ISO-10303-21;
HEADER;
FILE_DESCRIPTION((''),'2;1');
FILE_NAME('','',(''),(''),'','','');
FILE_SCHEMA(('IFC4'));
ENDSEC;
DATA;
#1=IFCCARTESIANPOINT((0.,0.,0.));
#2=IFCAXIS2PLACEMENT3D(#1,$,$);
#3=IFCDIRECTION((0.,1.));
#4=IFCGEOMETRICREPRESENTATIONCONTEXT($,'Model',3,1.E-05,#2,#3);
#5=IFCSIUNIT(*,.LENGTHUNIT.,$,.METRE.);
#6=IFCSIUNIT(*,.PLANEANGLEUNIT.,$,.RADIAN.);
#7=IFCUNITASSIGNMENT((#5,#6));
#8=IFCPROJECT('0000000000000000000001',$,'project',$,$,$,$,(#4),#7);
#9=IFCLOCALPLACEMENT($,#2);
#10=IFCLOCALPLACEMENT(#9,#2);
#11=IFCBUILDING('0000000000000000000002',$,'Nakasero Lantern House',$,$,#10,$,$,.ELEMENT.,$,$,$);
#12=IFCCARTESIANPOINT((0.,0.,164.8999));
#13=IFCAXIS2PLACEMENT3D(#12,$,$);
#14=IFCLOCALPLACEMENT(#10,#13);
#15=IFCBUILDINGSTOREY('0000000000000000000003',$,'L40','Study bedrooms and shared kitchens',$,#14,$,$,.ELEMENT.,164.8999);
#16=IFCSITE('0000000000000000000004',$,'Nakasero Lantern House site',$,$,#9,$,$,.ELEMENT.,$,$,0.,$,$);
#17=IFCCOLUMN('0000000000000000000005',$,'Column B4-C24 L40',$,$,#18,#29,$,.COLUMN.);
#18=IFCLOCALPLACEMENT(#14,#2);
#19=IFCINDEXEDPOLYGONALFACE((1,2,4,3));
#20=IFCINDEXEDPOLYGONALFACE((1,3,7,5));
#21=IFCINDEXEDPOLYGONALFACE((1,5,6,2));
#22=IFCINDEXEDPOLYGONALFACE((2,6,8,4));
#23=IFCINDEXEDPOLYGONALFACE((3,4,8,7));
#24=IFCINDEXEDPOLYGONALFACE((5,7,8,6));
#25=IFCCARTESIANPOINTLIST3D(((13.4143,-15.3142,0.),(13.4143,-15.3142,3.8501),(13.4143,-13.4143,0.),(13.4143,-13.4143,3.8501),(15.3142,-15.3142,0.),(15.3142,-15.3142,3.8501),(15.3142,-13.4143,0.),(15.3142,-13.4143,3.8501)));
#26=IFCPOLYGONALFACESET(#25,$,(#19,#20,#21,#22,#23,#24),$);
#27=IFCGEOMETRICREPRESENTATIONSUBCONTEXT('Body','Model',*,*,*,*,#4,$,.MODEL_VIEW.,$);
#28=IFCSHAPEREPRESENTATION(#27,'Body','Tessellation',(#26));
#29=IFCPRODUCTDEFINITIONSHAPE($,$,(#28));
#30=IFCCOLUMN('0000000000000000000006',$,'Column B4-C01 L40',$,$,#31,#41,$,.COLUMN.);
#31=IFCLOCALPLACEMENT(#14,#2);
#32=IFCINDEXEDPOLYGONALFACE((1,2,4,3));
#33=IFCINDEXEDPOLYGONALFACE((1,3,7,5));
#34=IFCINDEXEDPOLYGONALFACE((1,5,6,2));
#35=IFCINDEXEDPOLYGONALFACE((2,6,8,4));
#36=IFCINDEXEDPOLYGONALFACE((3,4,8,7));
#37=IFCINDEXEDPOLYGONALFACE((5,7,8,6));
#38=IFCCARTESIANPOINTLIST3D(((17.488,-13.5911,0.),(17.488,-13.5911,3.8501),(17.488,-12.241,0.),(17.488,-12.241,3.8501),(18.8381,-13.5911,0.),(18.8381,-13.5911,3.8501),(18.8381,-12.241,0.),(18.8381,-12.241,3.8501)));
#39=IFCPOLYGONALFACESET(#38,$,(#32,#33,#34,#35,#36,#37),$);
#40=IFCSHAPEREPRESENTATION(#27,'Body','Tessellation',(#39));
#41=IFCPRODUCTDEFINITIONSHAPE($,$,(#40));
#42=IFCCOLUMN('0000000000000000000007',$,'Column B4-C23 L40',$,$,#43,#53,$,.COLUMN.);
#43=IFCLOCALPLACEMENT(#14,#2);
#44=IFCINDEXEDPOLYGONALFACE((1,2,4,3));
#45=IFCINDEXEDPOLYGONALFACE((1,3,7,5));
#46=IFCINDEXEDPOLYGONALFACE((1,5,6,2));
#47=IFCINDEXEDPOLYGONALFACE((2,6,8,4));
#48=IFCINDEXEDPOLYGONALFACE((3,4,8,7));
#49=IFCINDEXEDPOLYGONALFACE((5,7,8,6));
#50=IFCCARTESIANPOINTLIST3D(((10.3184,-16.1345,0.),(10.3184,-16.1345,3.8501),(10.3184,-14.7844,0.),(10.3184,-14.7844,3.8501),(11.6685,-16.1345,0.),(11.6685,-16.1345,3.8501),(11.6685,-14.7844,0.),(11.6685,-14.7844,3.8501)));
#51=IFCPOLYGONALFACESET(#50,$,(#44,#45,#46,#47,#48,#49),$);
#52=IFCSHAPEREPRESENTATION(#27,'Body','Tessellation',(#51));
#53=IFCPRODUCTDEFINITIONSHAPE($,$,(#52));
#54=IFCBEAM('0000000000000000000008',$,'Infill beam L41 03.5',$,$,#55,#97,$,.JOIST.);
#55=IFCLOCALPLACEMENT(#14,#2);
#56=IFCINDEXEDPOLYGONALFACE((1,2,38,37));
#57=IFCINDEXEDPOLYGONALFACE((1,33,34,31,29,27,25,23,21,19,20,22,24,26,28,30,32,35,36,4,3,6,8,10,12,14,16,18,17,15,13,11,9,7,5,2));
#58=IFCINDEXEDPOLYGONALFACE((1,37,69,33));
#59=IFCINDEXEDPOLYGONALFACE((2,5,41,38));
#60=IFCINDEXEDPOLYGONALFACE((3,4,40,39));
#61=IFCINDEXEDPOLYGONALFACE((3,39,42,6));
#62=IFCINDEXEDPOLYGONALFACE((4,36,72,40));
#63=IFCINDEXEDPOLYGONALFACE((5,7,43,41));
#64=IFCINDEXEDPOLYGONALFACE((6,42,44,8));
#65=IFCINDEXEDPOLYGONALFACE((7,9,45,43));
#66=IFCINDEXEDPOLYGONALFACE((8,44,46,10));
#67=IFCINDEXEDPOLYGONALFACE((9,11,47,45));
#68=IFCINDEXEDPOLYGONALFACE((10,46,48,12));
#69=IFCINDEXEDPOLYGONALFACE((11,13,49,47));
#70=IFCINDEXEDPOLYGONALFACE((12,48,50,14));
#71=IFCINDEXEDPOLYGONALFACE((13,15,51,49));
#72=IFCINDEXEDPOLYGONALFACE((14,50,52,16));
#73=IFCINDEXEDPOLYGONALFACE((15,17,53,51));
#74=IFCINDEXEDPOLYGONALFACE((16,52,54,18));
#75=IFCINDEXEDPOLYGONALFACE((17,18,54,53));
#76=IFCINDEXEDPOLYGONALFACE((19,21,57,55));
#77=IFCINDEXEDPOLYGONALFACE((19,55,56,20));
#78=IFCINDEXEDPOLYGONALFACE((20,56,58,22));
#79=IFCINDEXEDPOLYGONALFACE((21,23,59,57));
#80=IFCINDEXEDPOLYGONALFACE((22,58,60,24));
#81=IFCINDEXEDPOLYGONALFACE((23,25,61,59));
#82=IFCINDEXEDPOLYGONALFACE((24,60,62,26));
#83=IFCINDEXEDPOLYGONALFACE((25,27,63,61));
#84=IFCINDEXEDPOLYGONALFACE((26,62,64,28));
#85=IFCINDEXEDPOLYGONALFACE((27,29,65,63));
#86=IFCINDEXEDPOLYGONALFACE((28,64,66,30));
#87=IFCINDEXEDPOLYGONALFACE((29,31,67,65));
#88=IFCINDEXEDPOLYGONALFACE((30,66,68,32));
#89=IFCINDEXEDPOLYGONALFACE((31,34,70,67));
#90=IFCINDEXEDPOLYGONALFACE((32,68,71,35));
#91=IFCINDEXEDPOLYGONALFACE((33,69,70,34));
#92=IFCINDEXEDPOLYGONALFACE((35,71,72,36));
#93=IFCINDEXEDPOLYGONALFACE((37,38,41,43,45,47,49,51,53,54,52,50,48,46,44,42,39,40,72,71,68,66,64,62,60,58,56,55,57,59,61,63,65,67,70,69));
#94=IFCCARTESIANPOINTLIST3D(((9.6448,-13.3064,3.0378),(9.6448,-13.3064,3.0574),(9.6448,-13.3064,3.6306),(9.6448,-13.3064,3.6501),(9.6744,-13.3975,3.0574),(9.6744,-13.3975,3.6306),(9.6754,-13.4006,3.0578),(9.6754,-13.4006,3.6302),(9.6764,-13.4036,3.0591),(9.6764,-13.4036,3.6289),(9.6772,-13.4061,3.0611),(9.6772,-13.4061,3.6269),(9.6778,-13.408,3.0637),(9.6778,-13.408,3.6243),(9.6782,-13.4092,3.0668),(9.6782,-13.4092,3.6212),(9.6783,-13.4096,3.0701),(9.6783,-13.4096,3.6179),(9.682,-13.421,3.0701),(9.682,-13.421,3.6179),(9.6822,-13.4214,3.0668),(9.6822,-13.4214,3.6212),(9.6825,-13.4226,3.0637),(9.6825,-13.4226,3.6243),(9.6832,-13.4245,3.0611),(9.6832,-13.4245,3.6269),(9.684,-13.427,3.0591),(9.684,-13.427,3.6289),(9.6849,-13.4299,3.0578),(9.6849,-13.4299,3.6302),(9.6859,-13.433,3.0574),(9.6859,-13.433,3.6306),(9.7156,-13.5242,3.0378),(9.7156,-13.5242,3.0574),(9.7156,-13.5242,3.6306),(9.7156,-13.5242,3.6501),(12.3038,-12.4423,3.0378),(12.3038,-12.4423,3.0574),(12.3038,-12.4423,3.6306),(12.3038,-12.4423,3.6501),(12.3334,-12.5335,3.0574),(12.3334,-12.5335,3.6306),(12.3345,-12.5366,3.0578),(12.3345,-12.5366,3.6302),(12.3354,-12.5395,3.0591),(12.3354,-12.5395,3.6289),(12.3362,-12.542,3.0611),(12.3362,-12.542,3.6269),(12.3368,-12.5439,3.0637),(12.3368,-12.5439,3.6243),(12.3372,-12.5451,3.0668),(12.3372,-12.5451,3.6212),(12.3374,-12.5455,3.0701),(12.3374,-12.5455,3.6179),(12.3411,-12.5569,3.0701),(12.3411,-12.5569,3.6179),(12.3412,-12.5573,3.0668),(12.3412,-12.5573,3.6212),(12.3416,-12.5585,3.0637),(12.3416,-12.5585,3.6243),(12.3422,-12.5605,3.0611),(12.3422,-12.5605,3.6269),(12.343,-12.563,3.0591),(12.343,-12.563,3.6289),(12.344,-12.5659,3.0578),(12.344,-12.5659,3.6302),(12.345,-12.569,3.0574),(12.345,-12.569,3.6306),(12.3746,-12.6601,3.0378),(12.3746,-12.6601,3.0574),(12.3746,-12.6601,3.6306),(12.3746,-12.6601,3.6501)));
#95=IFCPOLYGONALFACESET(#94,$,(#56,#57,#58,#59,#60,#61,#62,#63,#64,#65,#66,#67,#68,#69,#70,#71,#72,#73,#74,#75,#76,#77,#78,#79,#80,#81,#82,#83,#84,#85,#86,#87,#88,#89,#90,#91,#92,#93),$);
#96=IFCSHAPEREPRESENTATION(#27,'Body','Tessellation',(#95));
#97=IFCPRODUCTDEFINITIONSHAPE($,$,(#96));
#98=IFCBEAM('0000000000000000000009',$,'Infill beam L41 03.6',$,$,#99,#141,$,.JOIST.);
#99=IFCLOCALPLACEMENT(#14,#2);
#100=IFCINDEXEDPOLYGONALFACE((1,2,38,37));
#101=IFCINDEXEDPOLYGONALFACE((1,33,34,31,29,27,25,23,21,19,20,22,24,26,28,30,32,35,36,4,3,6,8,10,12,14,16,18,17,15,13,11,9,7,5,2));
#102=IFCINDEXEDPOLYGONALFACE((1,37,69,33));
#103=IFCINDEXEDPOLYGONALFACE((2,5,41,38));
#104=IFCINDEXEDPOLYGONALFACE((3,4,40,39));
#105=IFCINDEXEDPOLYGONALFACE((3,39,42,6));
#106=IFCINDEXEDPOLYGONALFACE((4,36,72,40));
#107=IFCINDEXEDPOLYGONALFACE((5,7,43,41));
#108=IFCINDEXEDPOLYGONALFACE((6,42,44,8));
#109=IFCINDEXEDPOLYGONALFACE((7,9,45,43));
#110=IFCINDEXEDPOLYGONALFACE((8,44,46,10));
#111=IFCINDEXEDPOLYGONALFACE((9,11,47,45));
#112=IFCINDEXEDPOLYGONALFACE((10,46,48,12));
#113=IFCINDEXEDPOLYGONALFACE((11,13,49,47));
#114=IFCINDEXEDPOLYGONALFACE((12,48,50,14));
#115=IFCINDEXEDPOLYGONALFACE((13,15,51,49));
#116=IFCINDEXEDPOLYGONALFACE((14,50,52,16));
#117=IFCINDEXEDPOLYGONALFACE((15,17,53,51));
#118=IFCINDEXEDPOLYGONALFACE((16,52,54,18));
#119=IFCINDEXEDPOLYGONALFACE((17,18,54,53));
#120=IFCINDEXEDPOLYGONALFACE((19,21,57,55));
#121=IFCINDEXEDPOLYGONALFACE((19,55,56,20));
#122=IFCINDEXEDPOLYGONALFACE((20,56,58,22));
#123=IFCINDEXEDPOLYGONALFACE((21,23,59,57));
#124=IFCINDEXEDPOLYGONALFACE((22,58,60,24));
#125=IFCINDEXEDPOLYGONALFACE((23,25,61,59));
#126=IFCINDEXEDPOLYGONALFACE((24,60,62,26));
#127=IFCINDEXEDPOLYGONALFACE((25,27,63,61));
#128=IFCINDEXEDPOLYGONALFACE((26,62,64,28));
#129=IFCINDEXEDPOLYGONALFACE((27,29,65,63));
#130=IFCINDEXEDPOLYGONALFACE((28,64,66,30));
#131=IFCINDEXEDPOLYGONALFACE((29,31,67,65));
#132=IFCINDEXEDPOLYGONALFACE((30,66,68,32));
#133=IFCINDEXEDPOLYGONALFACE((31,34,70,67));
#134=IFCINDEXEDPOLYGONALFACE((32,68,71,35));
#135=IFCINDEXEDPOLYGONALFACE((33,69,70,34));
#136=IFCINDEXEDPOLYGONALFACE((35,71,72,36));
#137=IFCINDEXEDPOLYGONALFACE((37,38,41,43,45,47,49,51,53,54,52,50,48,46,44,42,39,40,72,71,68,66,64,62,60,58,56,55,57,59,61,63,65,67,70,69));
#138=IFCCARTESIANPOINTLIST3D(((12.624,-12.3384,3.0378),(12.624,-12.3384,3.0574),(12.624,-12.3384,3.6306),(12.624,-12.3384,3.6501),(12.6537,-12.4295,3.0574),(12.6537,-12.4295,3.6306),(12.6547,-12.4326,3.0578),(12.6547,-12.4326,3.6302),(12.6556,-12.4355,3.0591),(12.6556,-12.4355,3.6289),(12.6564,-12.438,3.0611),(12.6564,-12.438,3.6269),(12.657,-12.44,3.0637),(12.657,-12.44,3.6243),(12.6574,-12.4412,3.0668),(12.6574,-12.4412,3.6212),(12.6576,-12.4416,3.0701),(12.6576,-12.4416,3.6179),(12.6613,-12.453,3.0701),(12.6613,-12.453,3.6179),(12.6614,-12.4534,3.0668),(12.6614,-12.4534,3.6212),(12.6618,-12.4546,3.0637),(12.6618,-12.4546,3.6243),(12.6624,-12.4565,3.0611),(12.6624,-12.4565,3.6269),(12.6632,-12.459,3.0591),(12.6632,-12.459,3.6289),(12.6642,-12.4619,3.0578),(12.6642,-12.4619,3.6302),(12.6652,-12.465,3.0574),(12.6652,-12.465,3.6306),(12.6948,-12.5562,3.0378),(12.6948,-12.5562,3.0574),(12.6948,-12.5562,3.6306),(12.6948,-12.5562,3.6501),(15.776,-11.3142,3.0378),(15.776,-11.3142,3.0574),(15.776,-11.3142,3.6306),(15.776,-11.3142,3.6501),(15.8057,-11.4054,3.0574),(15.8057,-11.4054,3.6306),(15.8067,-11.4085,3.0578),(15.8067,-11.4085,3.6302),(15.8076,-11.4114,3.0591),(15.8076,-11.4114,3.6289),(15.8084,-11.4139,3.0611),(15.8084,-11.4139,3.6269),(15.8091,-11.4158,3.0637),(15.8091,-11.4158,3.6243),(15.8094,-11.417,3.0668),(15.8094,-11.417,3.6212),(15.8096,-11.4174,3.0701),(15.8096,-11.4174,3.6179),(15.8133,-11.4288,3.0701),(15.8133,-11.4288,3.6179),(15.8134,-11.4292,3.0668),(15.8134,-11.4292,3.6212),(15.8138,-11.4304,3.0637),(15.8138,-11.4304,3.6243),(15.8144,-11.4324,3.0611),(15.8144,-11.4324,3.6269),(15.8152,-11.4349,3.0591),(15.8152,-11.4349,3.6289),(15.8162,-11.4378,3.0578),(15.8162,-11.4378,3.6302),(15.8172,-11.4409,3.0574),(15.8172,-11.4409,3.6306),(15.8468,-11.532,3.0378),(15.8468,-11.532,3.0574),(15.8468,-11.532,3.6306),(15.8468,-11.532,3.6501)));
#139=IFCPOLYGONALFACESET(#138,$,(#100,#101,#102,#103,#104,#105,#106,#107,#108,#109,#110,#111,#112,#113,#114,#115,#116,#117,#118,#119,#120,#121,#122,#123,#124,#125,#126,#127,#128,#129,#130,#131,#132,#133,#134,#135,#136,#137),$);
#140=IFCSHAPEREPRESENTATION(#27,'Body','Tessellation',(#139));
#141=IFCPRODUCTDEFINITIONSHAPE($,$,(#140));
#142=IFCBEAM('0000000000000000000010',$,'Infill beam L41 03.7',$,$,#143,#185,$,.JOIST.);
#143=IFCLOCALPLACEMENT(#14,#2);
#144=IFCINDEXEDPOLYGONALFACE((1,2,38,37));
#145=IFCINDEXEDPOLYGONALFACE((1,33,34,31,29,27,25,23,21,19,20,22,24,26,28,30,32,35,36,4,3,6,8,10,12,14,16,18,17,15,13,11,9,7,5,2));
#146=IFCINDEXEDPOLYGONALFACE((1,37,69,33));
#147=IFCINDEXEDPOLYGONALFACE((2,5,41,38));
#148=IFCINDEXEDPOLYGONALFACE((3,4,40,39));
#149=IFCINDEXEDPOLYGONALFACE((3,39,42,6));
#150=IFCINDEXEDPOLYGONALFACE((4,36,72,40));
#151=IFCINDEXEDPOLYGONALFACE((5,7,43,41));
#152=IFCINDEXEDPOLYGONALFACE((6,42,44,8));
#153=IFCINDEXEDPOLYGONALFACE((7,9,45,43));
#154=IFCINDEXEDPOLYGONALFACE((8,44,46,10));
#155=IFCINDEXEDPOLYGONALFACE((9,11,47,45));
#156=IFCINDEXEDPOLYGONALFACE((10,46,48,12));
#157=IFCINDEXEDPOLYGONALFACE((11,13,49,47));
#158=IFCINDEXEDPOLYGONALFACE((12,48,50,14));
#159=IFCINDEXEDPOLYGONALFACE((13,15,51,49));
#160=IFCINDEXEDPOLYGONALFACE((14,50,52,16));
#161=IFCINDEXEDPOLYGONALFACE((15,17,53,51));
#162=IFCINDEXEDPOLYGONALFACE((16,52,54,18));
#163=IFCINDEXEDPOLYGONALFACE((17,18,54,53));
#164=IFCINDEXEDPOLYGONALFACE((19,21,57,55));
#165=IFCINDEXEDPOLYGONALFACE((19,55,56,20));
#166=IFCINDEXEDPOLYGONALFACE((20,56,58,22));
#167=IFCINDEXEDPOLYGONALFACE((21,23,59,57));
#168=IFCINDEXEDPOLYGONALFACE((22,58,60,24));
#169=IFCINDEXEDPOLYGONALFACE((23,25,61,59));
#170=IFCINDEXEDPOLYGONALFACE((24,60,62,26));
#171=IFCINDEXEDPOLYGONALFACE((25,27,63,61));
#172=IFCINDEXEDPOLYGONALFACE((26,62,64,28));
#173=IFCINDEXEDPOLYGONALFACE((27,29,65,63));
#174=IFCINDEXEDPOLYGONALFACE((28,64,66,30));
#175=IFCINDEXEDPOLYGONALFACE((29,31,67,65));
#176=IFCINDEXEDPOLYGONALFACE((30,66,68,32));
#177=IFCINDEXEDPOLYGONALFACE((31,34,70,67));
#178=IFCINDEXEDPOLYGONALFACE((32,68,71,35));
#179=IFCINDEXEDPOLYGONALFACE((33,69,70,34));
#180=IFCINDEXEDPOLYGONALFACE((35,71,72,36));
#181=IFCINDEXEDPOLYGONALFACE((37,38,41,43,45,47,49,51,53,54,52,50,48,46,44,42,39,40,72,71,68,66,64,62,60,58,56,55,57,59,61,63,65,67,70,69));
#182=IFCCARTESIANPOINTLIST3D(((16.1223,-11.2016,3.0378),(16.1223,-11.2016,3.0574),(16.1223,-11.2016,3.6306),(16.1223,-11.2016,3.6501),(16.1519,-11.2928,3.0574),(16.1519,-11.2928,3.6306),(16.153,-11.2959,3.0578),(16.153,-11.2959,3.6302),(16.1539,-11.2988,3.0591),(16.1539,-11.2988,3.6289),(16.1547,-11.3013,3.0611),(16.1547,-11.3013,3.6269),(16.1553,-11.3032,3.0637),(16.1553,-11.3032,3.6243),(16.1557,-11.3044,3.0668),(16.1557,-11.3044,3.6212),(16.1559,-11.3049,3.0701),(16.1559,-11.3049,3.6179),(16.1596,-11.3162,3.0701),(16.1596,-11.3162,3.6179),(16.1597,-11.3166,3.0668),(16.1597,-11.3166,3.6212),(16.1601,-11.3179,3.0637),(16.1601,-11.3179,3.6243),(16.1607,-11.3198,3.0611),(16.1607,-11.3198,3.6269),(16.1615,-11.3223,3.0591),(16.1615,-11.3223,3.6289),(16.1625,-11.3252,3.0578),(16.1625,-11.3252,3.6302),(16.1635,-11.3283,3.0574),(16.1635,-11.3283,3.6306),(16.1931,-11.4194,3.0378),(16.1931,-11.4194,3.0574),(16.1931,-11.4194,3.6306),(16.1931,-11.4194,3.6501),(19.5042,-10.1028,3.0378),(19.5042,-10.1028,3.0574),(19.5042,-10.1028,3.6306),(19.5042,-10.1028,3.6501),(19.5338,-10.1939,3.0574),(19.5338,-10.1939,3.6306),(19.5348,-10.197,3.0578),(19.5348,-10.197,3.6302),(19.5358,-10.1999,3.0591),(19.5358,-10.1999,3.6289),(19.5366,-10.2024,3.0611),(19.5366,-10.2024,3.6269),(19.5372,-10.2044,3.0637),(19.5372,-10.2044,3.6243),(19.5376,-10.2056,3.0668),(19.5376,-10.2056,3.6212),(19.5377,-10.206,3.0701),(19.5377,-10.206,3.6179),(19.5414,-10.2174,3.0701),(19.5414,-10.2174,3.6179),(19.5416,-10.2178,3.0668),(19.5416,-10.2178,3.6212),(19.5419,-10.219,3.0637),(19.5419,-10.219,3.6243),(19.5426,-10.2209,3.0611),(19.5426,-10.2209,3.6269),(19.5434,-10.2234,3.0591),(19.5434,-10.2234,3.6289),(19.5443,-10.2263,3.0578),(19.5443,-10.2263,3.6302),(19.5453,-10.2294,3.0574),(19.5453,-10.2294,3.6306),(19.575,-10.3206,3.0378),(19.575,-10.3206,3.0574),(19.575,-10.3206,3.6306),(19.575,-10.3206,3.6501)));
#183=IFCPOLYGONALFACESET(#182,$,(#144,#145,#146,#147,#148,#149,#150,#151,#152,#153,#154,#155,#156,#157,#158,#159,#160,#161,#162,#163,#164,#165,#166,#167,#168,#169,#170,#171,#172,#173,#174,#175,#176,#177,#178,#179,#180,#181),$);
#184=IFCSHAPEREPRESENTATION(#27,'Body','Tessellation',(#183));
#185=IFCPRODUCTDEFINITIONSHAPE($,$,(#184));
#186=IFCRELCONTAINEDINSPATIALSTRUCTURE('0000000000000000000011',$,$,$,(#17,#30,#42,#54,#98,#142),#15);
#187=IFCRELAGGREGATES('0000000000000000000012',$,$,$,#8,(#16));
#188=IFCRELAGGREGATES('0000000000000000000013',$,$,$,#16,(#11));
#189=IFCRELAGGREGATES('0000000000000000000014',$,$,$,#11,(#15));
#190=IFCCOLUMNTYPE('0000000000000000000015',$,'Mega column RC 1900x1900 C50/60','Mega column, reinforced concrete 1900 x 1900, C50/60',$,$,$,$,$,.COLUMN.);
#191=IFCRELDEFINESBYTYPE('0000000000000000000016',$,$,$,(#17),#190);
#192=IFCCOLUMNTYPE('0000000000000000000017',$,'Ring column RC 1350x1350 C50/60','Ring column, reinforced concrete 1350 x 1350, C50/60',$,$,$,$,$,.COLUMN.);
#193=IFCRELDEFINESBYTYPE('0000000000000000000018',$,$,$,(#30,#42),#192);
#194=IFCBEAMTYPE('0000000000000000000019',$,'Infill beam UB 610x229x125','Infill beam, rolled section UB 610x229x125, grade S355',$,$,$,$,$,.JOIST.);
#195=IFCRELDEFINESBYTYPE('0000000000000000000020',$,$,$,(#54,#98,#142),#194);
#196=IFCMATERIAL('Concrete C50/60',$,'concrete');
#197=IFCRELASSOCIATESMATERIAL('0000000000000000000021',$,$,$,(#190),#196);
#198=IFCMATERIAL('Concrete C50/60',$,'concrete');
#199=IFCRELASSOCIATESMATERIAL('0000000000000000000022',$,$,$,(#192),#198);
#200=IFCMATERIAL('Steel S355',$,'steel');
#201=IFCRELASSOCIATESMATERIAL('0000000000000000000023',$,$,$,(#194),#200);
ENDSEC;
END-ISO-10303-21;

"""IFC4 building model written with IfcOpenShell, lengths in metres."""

from ifc_helpers import new_model, si_unit, direction, frame, origin, origin_2d, place, context, subcontext, project, spatial, rectangle, i_section, extrude, material, material_profile, profile_set, type_object, element, save


model = new_model("IFC4")

# Units and contexts
model_context = context("Model", 3, precision=1e-05, world=origin(), true_north=direction((0.0, 1.0)))
body_context = subcontext(model_context, "Body", "Model", "MODEL_VIEW")
ifc_project = project(units=[si_unit("LENGTHUNIT", "METRE"), si_unit("PLANEANGLEUNIT", "RADIAN")], contexts=[model_context])

# Site, building, storey
site_placement = place(None, origin())
site = spatial("IfcSite", under=ifc_project, at=site_placement, Name="Nakasero Lantern House site", CompositionType="ELEMENT", RefElevation=0.0)
building_placement = place(site_placement, origin())
building = spatial("IfcBuilding", under=site, at=building_placement, Name="Nakasero Lantern House", CompositionType="ELEMENT")
storey_placement = place(building_placement, frame((0.0, 0.0, 164.8999)))
storey = spatial("IfcBuildingStorey", under=building, at=storey_placement, Name="L40", Description="Study bedrooms and shared kitchens", CompositionType="ELEMENT", Elevation=164.8999)

# Columns
ifc_material_1 = material(Name="Concrete C50/60", Category="concrete")
ifc_material_profile_1 = material_profile(ifc_material_1, rectangle(XDim=1.8999, YDim=1.8999, at=origin_2d()), Name="RC 1900x1900")
ifc_profile_set_1 = profile_set([ifc_material_profile_1], Name="Concrete C50/60")
column_type_1 = type_object("IfcColumnType", Name="Mega column RC 1900x1900 C50/60", Description="Mega column, reinforced concrete 1900 x 1900, C50/60", PredefinedType="COLUMN", material=ifc_profile_set_1)
column_placement = place(storey_placement, frame((14.3643, -14.3643, 0.0), z_axis=(0.0, 0.0, 1.0), x_axis=(1.0, 0.0, 0.0)))
element("IfcColumn", 1, at=column_placement, inside=storey, type_object=column_type_1, Name="Column B4-C24 L40", PredefinedType="COLUMN", context=body_context, shape_type="SweptSolid", body=[
    extrude(rectangle(XDim=1.8999, YDim=1.8999, at=origin_2d()), origin(), (0.0, 0.0, 1.0), 3.8501),
])
ifc_material_2 = material(Name="Concrete C50/60", Category="concrete")
ifc_material_profile_2 = material_profile(ifc_material_2, rectangle(XDim=1.3501, YDim=1.3501, at=origin_2d()), Name="RC 1350x1350")
ifc_profile_set_2 = profile_set([ifc_material_profile_2], Name="Concrete C50/60")
column_type_2 = type_object("IfcColumnType", Name="Ring column RC 1350x1350 C50/60", Description="Ring column, reinforced concrete 1350 x 1350, C50/60", PredefinedType="COLUMN", material=ifc_profile_set_2)
for number, where, z_axis, x_axis, name in (
    (2, (18.1631, -12.916, 0.0), (0.0, 0.0, 1.0), (1.0, 0.0, 0.0), "Column B4-C01 L40"),
    (3, (10.9934, -15.4595, 0.0), (0.0, 0.0, 1.0), (1.0, 0.0, 0.0), "Column B4-C23 L40"),
):
    element("IfcColumn", number, at=place(storey_placement, frame(where, z_axis=z_axis, x_axis=x_axis)), inside=storey, type_object=column_type_2, Name=name, PredefinedType="COLUMN", context=body_context, shape_type="SweptSolid", body=[
        extrude(rectangle(XDim=1.3501, YDim=1.3501, at=origin_2d()), origin(), (0.0, 0.0, 1.0), 3.8501),
    ])

# Beams
ifc_material_3 = material(Name="Steel S355", Category="steel")
ifc_material_profile_3 = material_profile(ifc_material_3, i_section(OverallWidth=0.229, OverallDepth=0.6123, WebThickness=0.012, FlangeThickness=0.0195, FilletRadius=0.0127, at=origin_2d()), Name="UB 610x229x125")
ifc_profile_set_3 = profile_set([ifc_material_profile_3], Name="Steel S355")
beam_type_1 = type_object("IfcBeamType", Name="Infill beam UB 610x229x125", Description="Infill beam, rolled section UB 610x229x125, grade S355", PredefinedType="JOIST", material=ifc_profile_set_3)
beam_1_placement = place(storey_placement, frame((9.6802, -13.4153, 3.344), z_axis=(0.951049, 0.309041, 0.0), x_axis=(-0.309041, 0.951049, 0.0)))
element("IfcBeam", 4, at=beam_1_placement, inside=storey, type_object=beam_type_1, Name="Infill beam L41 03.5", PredefinedType="JOIST", context=body_context, shape_type="SweptSolid", body=[
    extrude(i_section(OverallWidth=0.229, OverallDepth=0.6123, WebThickness=0.012, FlangeThickness=0.0195, FilletRadius=0.0127, at=origin_2d()), origin(), (0.0, 0.0, 1.0), 2.7959),
])
beam_2_placement = place(storey_placement, frame((12.6594, -12.4473, 3.344), z_axis=(0.951057, 0.309014, 0.0), x_axis=(-0.309014, 0.951057, 0.0)))
element("IfcBeam", 5, at=beam_2_placement, inside=storey, type_object=beam_type_1, Name="Infill beam L41 03.6", PredefinedType="JOIST", context=body_context, shape_type="SweptSolid", body=[
    extrude(i_section(OverallWidth=0.229, OverallDepth=0.6123, WebThickness=0.012, FlangeThickness=0.0195, FilletRadius=0.0127, at=origin_2d()), origin(), (0.0, 0.0, 1.0), 3.3142),
])
beam_3_placement = place(storey_placement, frame((16.1577, -11.3105, 3.344), z_axis=(0.951052, 0.30903, 0.0), x_axis=(-0.30903, 0.951052, 0.0)))
element("IfcBeam", 6, at=beam_3_placement, inside=storey, type_object=beam_type_1, Name="Infill beam L41 03.7", PredefinedType="JOIST", context=body_context, shape_type="SweptSolid", body=[
    extrude(i_section(OverallWidth=0.229, OverallDepth=0.6123, WebThickness=0.012, FlangeThickness=0.0195, FilletRadius=0.0127, at=origin_2d()), origin(), (0.0, 0.0, 1.0), 3.5559),
])

save(model, "model.ifc")
